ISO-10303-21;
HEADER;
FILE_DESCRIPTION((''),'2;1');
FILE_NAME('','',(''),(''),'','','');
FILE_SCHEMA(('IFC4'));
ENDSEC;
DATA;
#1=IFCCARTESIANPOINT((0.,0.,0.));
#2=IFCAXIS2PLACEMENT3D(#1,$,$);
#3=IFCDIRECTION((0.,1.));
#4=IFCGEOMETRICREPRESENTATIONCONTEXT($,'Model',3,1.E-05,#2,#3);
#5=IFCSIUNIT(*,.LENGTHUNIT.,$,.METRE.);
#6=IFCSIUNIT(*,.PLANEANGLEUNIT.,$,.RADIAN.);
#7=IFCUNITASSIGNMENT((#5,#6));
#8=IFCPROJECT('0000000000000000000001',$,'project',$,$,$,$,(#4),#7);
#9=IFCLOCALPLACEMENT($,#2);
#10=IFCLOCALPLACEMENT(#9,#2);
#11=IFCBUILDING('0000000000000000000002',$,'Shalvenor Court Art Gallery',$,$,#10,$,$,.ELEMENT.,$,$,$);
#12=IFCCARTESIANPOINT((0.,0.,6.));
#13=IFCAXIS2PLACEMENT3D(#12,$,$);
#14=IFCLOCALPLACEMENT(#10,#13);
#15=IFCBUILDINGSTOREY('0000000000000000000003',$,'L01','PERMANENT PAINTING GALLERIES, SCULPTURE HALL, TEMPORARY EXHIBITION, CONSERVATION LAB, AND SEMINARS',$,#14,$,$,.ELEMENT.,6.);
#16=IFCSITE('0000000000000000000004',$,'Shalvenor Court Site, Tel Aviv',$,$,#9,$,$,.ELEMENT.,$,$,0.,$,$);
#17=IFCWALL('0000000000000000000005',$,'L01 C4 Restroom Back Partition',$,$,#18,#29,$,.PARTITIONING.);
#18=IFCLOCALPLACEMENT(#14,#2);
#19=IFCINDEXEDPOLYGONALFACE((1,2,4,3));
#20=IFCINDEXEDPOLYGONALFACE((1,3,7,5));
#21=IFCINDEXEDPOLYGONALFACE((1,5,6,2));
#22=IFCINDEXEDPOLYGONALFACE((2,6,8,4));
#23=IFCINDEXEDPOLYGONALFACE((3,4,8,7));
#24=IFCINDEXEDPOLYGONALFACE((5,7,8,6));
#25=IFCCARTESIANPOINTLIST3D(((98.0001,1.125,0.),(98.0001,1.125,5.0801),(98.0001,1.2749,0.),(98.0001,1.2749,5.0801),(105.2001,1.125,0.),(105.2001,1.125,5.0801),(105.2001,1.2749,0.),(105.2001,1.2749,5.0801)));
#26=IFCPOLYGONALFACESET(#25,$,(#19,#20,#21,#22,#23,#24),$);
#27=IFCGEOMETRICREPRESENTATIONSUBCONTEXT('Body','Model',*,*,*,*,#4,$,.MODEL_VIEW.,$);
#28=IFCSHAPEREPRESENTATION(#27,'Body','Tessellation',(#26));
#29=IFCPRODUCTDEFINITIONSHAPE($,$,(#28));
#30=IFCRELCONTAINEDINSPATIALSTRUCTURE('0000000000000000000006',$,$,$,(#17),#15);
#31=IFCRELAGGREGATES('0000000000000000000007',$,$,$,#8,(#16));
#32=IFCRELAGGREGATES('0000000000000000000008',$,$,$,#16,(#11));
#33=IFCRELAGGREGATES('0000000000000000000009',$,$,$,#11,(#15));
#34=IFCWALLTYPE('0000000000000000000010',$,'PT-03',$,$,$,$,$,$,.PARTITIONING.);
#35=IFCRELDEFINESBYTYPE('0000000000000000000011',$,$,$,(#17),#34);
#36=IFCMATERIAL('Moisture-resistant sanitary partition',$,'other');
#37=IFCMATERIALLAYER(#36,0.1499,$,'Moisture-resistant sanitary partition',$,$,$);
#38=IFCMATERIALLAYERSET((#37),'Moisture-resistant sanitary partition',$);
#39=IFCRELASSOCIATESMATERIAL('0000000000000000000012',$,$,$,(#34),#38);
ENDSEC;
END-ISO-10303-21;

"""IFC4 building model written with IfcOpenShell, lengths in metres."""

from ifc_helpers import new_model, si_unit, direction, frame, frame_2d, origin, place, context, subcontext, project, spatial, rectangle, extrude, material, layer, layer_set, type_object, element, save


model = new_model("IFC4")

# Units and contexts
model_context = context("Model", 3, precision=1e-05, world=origin(), true_north=direction((0.0, 1.0)))
body_context = subcontext(model_context, "Body", "Model", "MODEL_VIEW")
ifc_project = project(units=[si_unit("LENGTHUNIT", "METRE"), si_unit("PLANEANGLEUNIT", "RADIAN")], contexts=[model_context])

# Site, building, storey
site_placement = place(None, origin())
site = spatial("IfcSite", under=ifc_project, at=site_placement, Name="Shalvenor Court Site, Tel Aviv", CompositionType="ELEMENT", RefElevation=0.0)
building_placement = place(site_placement, origin())
building = spatial("IfcBuilding", under=site, at=building_placement, Name="Shalvenor Court Art Gallery", CompositionType="ELEMENT")
storey_placement = place(building_placement, frame((0.0, 0.0, 6.0)))
storey = spatial("IfcBuildingStorey", under=building, at=storey_placement, Name="L01", Description="PERMANENT PAINTING GALLERIES, SCULPTURE HALL, TEMPORARY EXHIBITION, CONSERVATION LAB, AND SEMINARS", CompositionType="ELEMENT", Elevation=6.0)

# Wall
ifc_material_1 = material(Name="Moisture-resistant sanitary partition", Category="other")
ifc_layer_1 = layer(ifc_material_1, 0.1499, Name="Moisture-resistant sanitary partition")
ifc_layer_set_1 = layer_set([ifc_layer_1], Name="Moisture-resistant sanitary partition")
wall_type_1 = type_object("IfcWallType", Name="PT-03", PredefinedType="PARTITIONING", material=ifc_layer_set_1)
wall_1_placement = place(storey_placement, frame((98.0, 1.2, 0.0), z_axis=(0.0, 0.0, 1.0), x_axis=(1.0, 0.0, 0.0)))
element("IfcWall", 1, at=wall_1_placement, inside=storey, type_object=wall_type_1, Name="L01 C4 Restroom Back Partition", PredefinedType="PARTITIONING", context=body_context, shape_type="SweptSolid", body=[
    extrude(rectangle(XDim=7.2, YDim=0.1499, at=frame_2d((3.6001, 0.0))), origin(), (0.0, 0.0, 1.0), 5.0801),
])

save(model, "model.ifc")
